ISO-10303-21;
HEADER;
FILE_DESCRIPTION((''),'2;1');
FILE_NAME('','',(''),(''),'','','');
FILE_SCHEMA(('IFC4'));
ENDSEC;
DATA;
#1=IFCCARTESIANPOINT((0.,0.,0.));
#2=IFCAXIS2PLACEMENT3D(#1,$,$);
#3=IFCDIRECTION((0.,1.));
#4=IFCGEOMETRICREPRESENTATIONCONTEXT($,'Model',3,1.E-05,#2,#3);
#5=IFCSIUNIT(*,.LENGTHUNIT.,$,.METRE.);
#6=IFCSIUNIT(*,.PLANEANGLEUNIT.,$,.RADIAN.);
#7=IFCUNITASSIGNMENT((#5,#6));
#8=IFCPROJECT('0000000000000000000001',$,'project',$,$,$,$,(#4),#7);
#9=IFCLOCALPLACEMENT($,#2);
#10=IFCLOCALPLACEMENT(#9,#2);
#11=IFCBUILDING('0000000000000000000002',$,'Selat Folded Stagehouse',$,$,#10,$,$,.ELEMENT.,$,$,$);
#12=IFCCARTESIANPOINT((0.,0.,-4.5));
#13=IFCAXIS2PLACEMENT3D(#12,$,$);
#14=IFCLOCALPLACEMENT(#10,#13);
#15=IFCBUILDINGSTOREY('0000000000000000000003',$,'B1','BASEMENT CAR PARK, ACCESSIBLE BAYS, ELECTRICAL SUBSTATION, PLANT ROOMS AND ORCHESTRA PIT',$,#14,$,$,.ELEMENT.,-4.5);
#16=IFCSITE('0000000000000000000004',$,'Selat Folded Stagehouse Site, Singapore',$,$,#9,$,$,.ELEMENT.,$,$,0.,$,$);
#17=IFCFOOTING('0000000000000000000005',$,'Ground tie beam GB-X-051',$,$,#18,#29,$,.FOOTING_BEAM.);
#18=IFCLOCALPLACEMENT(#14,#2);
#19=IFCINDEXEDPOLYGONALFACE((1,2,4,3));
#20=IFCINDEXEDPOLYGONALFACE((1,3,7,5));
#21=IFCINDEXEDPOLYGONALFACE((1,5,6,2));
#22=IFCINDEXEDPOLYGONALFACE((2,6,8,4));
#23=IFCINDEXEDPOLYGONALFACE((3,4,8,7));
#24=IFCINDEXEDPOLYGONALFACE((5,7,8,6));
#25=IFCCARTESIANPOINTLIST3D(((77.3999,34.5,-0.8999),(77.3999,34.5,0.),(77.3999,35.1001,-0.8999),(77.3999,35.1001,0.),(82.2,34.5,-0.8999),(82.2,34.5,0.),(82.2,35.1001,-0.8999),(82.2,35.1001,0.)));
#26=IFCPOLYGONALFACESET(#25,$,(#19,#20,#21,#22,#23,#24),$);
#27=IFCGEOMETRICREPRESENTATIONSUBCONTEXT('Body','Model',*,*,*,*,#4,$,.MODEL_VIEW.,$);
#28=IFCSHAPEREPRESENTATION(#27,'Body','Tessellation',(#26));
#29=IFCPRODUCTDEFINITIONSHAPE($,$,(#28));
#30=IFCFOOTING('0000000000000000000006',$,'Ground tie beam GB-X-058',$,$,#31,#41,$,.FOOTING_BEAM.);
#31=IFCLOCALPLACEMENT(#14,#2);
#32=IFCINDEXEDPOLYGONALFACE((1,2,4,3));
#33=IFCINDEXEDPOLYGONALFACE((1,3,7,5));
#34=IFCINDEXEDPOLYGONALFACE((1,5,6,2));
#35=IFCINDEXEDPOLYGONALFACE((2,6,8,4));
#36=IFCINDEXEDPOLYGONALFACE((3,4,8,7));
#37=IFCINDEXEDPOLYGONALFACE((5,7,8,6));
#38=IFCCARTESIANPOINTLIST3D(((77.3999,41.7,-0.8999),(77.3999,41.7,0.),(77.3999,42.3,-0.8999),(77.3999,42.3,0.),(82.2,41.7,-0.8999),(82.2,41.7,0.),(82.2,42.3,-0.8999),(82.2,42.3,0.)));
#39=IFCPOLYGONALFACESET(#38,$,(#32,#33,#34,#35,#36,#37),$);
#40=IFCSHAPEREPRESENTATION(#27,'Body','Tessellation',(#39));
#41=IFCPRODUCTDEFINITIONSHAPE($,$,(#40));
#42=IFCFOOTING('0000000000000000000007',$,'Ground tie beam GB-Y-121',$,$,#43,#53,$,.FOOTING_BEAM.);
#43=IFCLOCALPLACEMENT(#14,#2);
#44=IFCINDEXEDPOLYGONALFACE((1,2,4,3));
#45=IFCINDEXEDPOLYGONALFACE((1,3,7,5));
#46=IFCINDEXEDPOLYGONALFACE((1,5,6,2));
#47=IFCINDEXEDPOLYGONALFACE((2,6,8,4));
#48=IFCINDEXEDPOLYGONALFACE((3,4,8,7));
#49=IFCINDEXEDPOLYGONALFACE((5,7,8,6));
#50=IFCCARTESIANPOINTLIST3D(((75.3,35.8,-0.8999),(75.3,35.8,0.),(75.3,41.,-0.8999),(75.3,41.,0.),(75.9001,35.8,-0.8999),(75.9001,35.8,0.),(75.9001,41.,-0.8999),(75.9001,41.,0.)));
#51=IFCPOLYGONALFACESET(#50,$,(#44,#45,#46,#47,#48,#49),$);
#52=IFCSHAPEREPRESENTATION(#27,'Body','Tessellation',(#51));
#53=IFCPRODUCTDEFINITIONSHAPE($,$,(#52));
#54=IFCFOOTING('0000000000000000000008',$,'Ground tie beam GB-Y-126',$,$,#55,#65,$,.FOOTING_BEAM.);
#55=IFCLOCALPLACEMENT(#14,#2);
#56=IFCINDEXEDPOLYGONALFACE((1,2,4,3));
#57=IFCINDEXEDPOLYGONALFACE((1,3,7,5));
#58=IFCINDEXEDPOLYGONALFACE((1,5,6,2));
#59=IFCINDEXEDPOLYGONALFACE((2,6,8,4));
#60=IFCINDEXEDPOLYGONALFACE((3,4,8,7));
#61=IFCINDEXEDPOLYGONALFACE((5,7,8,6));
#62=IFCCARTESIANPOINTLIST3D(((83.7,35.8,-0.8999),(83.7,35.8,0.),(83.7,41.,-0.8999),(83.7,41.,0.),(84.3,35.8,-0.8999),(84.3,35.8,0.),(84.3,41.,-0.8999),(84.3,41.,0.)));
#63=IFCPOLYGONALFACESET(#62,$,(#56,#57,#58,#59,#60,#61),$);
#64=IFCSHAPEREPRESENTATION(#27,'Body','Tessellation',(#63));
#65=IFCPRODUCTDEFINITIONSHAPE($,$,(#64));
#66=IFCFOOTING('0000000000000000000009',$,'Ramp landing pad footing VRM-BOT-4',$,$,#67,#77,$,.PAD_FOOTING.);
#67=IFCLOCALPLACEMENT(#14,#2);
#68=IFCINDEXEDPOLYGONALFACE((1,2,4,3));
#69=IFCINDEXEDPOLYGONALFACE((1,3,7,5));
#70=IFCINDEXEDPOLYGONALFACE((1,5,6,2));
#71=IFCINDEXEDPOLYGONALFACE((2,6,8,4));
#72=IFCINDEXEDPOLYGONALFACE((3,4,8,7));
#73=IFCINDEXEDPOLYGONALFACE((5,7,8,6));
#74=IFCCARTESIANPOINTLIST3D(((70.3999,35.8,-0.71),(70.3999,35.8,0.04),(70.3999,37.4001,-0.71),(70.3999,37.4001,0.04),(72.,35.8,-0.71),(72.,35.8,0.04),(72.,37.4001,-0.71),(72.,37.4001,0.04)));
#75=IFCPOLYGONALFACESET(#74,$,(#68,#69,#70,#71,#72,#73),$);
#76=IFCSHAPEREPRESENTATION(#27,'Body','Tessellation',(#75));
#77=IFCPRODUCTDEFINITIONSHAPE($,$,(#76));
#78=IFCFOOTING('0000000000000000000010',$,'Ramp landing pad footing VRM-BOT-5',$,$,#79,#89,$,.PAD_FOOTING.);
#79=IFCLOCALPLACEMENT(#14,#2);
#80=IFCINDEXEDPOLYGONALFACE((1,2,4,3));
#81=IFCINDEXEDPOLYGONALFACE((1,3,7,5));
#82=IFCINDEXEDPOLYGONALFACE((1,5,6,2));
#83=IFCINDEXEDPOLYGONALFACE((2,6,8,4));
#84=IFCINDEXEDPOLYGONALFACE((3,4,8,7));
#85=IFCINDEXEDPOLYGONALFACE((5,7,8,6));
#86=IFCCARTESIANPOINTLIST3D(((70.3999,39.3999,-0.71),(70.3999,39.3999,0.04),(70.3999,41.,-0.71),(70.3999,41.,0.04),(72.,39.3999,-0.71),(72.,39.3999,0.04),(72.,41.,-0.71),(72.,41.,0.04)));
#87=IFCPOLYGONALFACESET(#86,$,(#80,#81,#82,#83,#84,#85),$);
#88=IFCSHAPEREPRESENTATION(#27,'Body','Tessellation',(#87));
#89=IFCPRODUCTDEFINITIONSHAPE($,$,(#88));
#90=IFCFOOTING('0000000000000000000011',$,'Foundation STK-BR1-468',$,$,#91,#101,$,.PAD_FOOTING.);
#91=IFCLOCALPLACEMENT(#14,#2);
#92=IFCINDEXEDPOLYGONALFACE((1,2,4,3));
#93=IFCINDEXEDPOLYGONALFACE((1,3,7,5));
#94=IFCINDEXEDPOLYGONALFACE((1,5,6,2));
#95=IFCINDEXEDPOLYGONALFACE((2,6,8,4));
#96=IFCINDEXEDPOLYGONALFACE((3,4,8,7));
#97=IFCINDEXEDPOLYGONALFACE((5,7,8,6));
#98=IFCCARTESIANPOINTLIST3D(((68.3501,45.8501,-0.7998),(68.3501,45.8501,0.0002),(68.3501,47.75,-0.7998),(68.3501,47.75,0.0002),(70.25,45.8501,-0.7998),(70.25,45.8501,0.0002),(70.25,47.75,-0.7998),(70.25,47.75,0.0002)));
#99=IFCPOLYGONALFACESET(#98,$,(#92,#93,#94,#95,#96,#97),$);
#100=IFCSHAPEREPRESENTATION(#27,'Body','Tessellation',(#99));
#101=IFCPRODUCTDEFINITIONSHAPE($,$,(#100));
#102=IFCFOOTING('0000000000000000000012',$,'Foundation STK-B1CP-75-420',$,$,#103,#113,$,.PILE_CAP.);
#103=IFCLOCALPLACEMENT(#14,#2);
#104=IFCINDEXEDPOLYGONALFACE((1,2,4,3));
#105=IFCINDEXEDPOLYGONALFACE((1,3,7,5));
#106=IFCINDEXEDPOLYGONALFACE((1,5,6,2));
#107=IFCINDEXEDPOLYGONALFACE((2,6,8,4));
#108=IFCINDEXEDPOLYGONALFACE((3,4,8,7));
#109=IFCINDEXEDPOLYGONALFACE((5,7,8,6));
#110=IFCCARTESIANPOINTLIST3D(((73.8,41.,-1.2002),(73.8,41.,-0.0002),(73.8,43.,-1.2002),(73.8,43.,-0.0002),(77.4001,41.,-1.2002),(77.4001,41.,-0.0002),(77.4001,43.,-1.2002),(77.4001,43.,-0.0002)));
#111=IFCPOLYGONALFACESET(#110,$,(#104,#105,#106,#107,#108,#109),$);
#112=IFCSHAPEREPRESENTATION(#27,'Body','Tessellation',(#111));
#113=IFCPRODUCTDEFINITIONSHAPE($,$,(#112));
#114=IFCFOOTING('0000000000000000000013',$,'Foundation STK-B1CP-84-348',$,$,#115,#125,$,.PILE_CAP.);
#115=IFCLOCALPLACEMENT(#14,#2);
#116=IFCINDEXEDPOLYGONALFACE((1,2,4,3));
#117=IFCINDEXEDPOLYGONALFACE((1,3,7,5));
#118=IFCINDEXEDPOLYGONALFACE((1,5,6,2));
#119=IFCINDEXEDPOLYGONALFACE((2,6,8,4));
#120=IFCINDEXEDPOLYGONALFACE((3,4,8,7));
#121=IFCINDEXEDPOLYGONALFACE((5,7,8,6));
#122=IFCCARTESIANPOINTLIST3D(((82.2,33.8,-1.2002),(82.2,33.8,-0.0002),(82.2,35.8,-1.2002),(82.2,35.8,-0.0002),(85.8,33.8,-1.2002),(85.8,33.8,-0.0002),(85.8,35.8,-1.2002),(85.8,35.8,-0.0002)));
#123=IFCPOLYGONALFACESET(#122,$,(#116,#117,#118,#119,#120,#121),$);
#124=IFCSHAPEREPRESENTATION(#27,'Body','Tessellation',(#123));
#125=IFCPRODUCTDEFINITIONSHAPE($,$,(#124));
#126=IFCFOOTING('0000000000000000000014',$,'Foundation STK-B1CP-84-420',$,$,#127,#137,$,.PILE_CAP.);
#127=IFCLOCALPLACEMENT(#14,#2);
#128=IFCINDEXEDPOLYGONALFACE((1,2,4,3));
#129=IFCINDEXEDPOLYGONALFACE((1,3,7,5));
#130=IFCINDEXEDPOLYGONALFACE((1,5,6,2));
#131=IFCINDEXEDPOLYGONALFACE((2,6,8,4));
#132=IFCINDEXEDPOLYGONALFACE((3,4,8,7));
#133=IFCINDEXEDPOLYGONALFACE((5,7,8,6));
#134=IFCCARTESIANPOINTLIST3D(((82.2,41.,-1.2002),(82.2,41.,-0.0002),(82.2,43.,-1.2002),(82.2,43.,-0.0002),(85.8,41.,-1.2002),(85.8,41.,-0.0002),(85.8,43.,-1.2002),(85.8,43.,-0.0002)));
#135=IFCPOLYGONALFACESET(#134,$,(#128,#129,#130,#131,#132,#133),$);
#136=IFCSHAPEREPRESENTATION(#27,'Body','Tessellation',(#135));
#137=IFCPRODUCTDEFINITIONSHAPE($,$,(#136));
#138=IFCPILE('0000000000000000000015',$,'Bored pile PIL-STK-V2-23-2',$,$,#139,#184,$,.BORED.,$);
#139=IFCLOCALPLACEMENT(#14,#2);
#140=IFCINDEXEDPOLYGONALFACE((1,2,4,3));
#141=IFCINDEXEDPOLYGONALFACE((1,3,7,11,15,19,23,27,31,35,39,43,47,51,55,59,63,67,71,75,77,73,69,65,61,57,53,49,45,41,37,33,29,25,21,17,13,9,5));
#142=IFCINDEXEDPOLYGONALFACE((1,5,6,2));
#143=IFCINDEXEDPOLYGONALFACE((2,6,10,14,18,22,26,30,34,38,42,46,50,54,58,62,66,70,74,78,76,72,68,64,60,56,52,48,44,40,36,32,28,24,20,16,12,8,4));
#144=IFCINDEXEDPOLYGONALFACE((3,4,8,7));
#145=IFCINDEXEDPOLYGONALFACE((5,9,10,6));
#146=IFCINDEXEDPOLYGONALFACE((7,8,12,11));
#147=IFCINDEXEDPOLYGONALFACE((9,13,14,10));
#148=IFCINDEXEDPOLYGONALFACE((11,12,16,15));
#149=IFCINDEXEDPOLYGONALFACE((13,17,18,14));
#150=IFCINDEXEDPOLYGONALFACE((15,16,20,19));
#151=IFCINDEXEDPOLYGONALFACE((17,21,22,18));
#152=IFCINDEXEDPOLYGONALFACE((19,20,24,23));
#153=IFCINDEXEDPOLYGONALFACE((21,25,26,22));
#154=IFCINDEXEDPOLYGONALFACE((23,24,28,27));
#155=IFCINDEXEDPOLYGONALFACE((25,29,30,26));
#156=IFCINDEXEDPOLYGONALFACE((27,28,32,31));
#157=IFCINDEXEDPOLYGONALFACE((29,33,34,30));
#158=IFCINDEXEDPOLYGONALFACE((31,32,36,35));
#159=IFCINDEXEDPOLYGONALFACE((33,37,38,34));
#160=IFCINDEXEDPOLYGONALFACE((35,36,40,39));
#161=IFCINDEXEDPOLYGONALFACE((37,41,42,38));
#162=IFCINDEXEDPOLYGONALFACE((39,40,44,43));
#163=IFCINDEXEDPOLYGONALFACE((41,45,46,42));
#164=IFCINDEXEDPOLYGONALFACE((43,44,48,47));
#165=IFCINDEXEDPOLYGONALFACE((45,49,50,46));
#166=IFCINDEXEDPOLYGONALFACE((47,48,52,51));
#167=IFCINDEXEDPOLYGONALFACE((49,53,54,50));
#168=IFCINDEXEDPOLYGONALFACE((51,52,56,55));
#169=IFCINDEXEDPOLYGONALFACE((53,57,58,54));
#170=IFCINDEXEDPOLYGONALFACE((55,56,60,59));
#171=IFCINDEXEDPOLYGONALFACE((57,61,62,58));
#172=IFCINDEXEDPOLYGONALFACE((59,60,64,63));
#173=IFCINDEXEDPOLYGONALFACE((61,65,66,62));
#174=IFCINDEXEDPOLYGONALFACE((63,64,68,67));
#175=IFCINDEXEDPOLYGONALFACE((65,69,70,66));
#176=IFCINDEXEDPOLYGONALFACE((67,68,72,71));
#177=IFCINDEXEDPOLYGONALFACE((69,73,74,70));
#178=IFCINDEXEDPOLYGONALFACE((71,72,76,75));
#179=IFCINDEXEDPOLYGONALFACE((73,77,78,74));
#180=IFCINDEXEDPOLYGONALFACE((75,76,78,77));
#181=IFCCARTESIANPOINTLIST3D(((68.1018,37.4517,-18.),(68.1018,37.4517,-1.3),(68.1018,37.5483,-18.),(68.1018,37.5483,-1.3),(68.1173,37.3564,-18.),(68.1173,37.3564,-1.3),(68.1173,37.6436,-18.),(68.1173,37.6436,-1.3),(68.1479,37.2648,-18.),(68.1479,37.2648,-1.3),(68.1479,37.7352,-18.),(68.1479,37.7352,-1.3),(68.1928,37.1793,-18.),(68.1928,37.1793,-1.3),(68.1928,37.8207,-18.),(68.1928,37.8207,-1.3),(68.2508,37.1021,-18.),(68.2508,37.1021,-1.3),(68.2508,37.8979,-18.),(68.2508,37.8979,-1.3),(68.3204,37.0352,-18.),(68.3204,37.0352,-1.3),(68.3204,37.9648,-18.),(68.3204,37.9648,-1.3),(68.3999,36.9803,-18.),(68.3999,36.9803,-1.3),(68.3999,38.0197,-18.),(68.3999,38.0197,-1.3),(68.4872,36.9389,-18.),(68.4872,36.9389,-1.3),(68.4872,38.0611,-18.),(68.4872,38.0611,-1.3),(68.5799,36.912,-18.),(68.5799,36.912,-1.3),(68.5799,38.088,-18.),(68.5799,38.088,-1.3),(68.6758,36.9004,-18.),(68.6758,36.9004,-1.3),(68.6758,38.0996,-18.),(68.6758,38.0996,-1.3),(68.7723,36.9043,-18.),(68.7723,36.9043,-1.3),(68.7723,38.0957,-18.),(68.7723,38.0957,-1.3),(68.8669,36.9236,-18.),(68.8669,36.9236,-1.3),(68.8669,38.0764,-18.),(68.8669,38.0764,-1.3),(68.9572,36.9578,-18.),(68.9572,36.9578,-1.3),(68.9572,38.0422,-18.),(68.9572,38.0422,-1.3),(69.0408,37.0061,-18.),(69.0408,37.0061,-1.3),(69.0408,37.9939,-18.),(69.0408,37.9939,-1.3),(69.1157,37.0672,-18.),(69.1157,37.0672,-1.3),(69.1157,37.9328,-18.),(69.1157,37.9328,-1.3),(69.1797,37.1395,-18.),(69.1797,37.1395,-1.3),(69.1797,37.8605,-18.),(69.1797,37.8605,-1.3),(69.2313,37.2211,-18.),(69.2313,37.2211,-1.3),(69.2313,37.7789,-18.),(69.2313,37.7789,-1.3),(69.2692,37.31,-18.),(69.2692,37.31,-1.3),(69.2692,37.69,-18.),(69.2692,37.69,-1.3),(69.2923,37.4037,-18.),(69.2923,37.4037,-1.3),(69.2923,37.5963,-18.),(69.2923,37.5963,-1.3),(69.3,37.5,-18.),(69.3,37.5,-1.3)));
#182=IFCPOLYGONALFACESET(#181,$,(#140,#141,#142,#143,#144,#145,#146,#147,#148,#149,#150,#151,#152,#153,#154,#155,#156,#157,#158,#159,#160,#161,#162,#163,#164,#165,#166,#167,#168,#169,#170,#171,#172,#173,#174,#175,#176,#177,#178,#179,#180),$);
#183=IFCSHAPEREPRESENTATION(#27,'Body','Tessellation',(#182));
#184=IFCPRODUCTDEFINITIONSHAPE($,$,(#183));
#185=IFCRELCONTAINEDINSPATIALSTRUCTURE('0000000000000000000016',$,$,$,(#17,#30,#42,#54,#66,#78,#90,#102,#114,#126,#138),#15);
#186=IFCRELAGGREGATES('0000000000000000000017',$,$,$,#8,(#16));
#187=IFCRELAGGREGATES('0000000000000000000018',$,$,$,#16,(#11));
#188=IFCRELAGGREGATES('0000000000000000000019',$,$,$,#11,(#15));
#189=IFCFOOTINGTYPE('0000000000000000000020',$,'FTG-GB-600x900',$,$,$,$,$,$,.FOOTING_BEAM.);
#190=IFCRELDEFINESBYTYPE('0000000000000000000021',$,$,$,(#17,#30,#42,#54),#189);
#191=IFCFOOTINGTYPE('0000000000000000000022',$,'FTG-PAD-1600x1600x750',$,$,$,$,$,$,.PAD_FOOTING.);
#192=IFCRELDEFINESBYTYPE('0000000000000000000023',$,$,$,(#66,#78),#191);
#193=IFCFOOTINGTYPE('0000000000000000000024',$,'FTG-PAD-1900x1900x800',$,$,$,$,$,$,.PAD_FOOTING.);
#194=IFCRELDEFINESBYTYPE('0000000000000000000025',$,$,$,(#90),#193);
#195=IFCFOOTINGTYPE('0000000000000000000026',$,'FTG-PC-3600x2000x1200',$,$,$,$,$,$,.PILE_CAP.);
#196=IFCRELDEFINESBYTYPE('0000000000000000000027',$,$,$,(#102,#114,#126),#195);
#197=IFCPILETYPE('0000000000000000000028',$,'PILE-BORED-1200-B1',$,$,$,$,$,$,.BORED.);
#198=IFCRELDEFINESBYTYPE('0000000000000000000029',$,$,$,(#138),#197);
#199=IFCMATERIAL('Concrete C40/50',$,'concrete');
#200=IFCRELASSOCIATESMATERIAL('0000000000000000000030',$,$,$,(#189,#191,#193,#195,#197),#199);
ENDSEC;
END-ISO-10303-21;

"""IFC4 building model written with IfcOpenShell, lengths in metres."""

from ifc_helpers import new_model, si_unit, direction, frame, origin, origin_2d, place, context, subcontext, project, spatial, rectangle, circle, extrude, material, material_profile, profile_set, type_object, element, save


model = new_model("IFC4")

# Units and contexts
model_context = context("Model", 3, precision=1e-05, world=origin(), true_north=direction((0.0, 1.0)))
body_context = subcontext(model_context, "Body", "Model", "MODEL_VIEW")
ifc_project = project(units=[si_unit("LENGTHUNIT", "METRE"), si_unit("PLANEANGLEUNIT", "RADIAN")], contexts=[model_context])

# Site, building, storey
site_placement = place(None, origin())
site = spatial("IfcSite", under=ifc_project, at=site_placement, Name="Selat Folded Stagehouse Site, Singapore", CompositionType="ELEMENT", RefElevation=0.0)
building_placement = place(site_placement, origin())
building = spatial("IfcBuilding", under=site, at=building_placement, Name="Selat Folded Stagehouse", CompositionType="ELEMENT")
storey_placement = place(building_placement, frame((0.0, 0.0, -4.5)))
storey = spatial("IfcBuildingStorey", under=building, at=storey_placement, Name="B1", Description="BASEMENT CAR PARK, ACCESSIBLE BAYS, ELECTRICAL SUBSTATION, PLANT ROOMS AND ORCHESTRA PIT", CompositionType="ELEMENT", Elevation=-4.5)

# Footings
ifc_material_1 = material(Name="Concrete C40/50", Category="concrete")
ifc_material_profile_1 = material_profile(ifc_material_1, rectangle(XDim=0.6001, YDim=0.8999, at=origin_2d()), Name="RC 900x600")
ifc_profile_set_1 = profile_set([ifc_material_profile_1], Name="Concrete C40/50")
footing_type_1 = type_object("IfcFootingType", Name="FTG-GB-600x900", PredefinedType="FOOTING_BEAM", material=ifc_profile_set_1)
for number, where, z_axis, x_axis, name in (
    (1, (77.3999, 34.8, -0.45), (1.0, 0.0, 0.0), (0.0, 1.0, 0.0), "Ground tie beam GB-X-051"),
    (2, (77.3999, 42.0, -0.45), (1.0, 0.0, 0.0), (0.0, 1.0, 0.0), "Ground tie beam GB-X-058"),
):
    element("IfcFooting", number, at=place(storey_placement, frame(where, z_axis=z_axis, x_axis=x_axis)), inside=storey, type_object=footing_type_1, Name=name, PredefinedType="FOOTING_BEAM", context=body_context, shape_type="SweptSolid", body=[
        extrude(rectangle(XDim=0.6001, YDim=0.8999, at=origin_2d()), origin(), (0.0, 0.0, 1.0), 4.8),
    ])
for number, where, z_axis, x_axis, name in (
    (3, (75.6001, 35.8, -0.45), (0.0, 1.0, 0.0), (-1.0, 0.0, 0.0), "Ground tie beam GB-Y-121"),
    (4, (84.0, 35.8, -0.45), (0.0, 1.0, 0.0), (-1.0, 0.0, 0.0), "Ground tie beam GB-Y-126"),
):
    element("IfcFooting", number, at=place(storey_placement, frame(where, z_axis=z_axis, x_axis=x_axis)), inside=storey, type_object=footing_type_1, Name=name, PredefinedType="FOOTING_BEAM", context=body_context, shape_type="SweptSolid", body=[
        extrude(rectangle(XDim=0.6001, YDim=0.8999, at=origin_2d()), origin(), (0.0, 0.0, 1.0), 5.2),
    ])
footing_type_2 = type_object("IfcFootingType", Name="FTG-PAD-1600x1600x750", PredefinedType="PAD_FOOTING", material=ifc_material_1)
for number, where, z_axis, x_axis, name in (
    (5, (71.2, 36.6001, -0.71), (0.0, 0.0, 1.0), (1.0, 0.0, 0.0), "Ramp landing pad footing VRM-BOT-4"),
    (6, (71.2, 40.2, -0.71), (0.0, 0.0, 1.0), (1.0, 0.0, 0.0), "Ramp landing pad footing VRM-BOT-5"),
):
    element("IfcFooting", number, at=place(storey_placement, frame(where, z_axis=z_axis, x_axis=x_axis)), inside=storey, type_object=footing_type_2, Name=name, PredefinedType="PAD_FOOTING", context=body_context, shape_type="SweptSolid", body=[
        extrude(rectangle(XDim=1.6001, YDim=1.6001, at=origin_2d()), origin(), (0.0, 0.0, 1.0), 0.75),
    ])
footing_type_3 = type_object("IfcFootingType", Name="FTG-PAD-1900x1900x800", PredefinedType="PAD_FOOTING", material=ifc_material_1)
footing_placement = place(storey_placement, frame((69.3, 46.8, -0.7998), z_axis=(0.0, 0.0, 1.0), x_axis=(1.0, 0.0, 0.0)))
element("IfcFooting", 7, at=footing_placement, inside=storey, type_object=footing_type_3, Name="Foundation STK-BR1-468", PredefinedType="PAD_FOOTING", context=body_context, shape_type="SweptSolid", body=[
    extrude(rectangle(XDim=1.8999, YDim=1.8999, at=origin_2d()), origin(), (0.0, 0.0, 1.0), 0.8),
])
footing_type_4 = type_object("IfcFootingType", Name="FTG-PC-3600x2000x1200", PredefinedType="PILE_CAP", material=ifc_material_1)
for number, where, z_axis, x_axis, name in (
    (8, (75.6001, 42.0, -1.2002), (0.0, 0.0, 1.0), (1.0, 0.0, 0.0), "Foundation STK-B1CP-75-420"),
    (9, (84.0, 34.8, -1.2002), (0.0, 0.0, 1.0), (1.0, 0.0, 0.0), "Foundation STK-B1CP-84-348"),
    (10, (84.0, 42.0, -1.2002), (0.0, 0.0, 1.0), (1.0, 0.0, 0.0), "Foundation STK-B1CP-84-420"),
):
    element("IfcFooting", number, at=place(storey_placement, frame(where, z_axis=z_axis, x_axis=x_axis)), inside=storey, type_object=footing_type_4, Name=name, PredefinedType="PILE_CAP", context=body_context, shape_type="SweptSolid", body=[
        extrude(rectangle(XDim=3.6001, YDim=2.0, at=origin_2d()), origin(), (0.0, 0.0, 1.0), 1.2),
    ])

# Pile
ifc_material_profile_2 = material_profile(ifc_material_1, circle(Radius=0.6001, at=origin_2d()), Name="PILE D1200")
ifc_profile_set_2 = profile_set([ifc_material_profile_2], Name="Concrete C40/50")
pile_type_1 = type_object("IfcPileType", Name="PILE-BORED-1200-B1", PredefinedType="BORED", material=ifc_profile_set_2)
for number, where, z_axis, x_axis, name in (
    (11, (68.7, 37.5, -1.3), (0.0, 0.0, -1.0), (1.0, 0.0, 0.0), "Bored pile PIL-STK-V2-23-2"),
):
    element("IfcPile", number, at=place(storey_placement, frame(where, z_axis=z_axis, x_axis=x_axis)), inside=storey, type_object=pile_type_1, Name=name, PredefinedType="BORED", context=body_context, shape_type="SweptSolid", body=[
        extrude(circle(Radius=0.6001, at=origin_2d()), origin(), (0.0, 0.0, 1.0), 16.7),
    ])

save(model, "model.ifc")
